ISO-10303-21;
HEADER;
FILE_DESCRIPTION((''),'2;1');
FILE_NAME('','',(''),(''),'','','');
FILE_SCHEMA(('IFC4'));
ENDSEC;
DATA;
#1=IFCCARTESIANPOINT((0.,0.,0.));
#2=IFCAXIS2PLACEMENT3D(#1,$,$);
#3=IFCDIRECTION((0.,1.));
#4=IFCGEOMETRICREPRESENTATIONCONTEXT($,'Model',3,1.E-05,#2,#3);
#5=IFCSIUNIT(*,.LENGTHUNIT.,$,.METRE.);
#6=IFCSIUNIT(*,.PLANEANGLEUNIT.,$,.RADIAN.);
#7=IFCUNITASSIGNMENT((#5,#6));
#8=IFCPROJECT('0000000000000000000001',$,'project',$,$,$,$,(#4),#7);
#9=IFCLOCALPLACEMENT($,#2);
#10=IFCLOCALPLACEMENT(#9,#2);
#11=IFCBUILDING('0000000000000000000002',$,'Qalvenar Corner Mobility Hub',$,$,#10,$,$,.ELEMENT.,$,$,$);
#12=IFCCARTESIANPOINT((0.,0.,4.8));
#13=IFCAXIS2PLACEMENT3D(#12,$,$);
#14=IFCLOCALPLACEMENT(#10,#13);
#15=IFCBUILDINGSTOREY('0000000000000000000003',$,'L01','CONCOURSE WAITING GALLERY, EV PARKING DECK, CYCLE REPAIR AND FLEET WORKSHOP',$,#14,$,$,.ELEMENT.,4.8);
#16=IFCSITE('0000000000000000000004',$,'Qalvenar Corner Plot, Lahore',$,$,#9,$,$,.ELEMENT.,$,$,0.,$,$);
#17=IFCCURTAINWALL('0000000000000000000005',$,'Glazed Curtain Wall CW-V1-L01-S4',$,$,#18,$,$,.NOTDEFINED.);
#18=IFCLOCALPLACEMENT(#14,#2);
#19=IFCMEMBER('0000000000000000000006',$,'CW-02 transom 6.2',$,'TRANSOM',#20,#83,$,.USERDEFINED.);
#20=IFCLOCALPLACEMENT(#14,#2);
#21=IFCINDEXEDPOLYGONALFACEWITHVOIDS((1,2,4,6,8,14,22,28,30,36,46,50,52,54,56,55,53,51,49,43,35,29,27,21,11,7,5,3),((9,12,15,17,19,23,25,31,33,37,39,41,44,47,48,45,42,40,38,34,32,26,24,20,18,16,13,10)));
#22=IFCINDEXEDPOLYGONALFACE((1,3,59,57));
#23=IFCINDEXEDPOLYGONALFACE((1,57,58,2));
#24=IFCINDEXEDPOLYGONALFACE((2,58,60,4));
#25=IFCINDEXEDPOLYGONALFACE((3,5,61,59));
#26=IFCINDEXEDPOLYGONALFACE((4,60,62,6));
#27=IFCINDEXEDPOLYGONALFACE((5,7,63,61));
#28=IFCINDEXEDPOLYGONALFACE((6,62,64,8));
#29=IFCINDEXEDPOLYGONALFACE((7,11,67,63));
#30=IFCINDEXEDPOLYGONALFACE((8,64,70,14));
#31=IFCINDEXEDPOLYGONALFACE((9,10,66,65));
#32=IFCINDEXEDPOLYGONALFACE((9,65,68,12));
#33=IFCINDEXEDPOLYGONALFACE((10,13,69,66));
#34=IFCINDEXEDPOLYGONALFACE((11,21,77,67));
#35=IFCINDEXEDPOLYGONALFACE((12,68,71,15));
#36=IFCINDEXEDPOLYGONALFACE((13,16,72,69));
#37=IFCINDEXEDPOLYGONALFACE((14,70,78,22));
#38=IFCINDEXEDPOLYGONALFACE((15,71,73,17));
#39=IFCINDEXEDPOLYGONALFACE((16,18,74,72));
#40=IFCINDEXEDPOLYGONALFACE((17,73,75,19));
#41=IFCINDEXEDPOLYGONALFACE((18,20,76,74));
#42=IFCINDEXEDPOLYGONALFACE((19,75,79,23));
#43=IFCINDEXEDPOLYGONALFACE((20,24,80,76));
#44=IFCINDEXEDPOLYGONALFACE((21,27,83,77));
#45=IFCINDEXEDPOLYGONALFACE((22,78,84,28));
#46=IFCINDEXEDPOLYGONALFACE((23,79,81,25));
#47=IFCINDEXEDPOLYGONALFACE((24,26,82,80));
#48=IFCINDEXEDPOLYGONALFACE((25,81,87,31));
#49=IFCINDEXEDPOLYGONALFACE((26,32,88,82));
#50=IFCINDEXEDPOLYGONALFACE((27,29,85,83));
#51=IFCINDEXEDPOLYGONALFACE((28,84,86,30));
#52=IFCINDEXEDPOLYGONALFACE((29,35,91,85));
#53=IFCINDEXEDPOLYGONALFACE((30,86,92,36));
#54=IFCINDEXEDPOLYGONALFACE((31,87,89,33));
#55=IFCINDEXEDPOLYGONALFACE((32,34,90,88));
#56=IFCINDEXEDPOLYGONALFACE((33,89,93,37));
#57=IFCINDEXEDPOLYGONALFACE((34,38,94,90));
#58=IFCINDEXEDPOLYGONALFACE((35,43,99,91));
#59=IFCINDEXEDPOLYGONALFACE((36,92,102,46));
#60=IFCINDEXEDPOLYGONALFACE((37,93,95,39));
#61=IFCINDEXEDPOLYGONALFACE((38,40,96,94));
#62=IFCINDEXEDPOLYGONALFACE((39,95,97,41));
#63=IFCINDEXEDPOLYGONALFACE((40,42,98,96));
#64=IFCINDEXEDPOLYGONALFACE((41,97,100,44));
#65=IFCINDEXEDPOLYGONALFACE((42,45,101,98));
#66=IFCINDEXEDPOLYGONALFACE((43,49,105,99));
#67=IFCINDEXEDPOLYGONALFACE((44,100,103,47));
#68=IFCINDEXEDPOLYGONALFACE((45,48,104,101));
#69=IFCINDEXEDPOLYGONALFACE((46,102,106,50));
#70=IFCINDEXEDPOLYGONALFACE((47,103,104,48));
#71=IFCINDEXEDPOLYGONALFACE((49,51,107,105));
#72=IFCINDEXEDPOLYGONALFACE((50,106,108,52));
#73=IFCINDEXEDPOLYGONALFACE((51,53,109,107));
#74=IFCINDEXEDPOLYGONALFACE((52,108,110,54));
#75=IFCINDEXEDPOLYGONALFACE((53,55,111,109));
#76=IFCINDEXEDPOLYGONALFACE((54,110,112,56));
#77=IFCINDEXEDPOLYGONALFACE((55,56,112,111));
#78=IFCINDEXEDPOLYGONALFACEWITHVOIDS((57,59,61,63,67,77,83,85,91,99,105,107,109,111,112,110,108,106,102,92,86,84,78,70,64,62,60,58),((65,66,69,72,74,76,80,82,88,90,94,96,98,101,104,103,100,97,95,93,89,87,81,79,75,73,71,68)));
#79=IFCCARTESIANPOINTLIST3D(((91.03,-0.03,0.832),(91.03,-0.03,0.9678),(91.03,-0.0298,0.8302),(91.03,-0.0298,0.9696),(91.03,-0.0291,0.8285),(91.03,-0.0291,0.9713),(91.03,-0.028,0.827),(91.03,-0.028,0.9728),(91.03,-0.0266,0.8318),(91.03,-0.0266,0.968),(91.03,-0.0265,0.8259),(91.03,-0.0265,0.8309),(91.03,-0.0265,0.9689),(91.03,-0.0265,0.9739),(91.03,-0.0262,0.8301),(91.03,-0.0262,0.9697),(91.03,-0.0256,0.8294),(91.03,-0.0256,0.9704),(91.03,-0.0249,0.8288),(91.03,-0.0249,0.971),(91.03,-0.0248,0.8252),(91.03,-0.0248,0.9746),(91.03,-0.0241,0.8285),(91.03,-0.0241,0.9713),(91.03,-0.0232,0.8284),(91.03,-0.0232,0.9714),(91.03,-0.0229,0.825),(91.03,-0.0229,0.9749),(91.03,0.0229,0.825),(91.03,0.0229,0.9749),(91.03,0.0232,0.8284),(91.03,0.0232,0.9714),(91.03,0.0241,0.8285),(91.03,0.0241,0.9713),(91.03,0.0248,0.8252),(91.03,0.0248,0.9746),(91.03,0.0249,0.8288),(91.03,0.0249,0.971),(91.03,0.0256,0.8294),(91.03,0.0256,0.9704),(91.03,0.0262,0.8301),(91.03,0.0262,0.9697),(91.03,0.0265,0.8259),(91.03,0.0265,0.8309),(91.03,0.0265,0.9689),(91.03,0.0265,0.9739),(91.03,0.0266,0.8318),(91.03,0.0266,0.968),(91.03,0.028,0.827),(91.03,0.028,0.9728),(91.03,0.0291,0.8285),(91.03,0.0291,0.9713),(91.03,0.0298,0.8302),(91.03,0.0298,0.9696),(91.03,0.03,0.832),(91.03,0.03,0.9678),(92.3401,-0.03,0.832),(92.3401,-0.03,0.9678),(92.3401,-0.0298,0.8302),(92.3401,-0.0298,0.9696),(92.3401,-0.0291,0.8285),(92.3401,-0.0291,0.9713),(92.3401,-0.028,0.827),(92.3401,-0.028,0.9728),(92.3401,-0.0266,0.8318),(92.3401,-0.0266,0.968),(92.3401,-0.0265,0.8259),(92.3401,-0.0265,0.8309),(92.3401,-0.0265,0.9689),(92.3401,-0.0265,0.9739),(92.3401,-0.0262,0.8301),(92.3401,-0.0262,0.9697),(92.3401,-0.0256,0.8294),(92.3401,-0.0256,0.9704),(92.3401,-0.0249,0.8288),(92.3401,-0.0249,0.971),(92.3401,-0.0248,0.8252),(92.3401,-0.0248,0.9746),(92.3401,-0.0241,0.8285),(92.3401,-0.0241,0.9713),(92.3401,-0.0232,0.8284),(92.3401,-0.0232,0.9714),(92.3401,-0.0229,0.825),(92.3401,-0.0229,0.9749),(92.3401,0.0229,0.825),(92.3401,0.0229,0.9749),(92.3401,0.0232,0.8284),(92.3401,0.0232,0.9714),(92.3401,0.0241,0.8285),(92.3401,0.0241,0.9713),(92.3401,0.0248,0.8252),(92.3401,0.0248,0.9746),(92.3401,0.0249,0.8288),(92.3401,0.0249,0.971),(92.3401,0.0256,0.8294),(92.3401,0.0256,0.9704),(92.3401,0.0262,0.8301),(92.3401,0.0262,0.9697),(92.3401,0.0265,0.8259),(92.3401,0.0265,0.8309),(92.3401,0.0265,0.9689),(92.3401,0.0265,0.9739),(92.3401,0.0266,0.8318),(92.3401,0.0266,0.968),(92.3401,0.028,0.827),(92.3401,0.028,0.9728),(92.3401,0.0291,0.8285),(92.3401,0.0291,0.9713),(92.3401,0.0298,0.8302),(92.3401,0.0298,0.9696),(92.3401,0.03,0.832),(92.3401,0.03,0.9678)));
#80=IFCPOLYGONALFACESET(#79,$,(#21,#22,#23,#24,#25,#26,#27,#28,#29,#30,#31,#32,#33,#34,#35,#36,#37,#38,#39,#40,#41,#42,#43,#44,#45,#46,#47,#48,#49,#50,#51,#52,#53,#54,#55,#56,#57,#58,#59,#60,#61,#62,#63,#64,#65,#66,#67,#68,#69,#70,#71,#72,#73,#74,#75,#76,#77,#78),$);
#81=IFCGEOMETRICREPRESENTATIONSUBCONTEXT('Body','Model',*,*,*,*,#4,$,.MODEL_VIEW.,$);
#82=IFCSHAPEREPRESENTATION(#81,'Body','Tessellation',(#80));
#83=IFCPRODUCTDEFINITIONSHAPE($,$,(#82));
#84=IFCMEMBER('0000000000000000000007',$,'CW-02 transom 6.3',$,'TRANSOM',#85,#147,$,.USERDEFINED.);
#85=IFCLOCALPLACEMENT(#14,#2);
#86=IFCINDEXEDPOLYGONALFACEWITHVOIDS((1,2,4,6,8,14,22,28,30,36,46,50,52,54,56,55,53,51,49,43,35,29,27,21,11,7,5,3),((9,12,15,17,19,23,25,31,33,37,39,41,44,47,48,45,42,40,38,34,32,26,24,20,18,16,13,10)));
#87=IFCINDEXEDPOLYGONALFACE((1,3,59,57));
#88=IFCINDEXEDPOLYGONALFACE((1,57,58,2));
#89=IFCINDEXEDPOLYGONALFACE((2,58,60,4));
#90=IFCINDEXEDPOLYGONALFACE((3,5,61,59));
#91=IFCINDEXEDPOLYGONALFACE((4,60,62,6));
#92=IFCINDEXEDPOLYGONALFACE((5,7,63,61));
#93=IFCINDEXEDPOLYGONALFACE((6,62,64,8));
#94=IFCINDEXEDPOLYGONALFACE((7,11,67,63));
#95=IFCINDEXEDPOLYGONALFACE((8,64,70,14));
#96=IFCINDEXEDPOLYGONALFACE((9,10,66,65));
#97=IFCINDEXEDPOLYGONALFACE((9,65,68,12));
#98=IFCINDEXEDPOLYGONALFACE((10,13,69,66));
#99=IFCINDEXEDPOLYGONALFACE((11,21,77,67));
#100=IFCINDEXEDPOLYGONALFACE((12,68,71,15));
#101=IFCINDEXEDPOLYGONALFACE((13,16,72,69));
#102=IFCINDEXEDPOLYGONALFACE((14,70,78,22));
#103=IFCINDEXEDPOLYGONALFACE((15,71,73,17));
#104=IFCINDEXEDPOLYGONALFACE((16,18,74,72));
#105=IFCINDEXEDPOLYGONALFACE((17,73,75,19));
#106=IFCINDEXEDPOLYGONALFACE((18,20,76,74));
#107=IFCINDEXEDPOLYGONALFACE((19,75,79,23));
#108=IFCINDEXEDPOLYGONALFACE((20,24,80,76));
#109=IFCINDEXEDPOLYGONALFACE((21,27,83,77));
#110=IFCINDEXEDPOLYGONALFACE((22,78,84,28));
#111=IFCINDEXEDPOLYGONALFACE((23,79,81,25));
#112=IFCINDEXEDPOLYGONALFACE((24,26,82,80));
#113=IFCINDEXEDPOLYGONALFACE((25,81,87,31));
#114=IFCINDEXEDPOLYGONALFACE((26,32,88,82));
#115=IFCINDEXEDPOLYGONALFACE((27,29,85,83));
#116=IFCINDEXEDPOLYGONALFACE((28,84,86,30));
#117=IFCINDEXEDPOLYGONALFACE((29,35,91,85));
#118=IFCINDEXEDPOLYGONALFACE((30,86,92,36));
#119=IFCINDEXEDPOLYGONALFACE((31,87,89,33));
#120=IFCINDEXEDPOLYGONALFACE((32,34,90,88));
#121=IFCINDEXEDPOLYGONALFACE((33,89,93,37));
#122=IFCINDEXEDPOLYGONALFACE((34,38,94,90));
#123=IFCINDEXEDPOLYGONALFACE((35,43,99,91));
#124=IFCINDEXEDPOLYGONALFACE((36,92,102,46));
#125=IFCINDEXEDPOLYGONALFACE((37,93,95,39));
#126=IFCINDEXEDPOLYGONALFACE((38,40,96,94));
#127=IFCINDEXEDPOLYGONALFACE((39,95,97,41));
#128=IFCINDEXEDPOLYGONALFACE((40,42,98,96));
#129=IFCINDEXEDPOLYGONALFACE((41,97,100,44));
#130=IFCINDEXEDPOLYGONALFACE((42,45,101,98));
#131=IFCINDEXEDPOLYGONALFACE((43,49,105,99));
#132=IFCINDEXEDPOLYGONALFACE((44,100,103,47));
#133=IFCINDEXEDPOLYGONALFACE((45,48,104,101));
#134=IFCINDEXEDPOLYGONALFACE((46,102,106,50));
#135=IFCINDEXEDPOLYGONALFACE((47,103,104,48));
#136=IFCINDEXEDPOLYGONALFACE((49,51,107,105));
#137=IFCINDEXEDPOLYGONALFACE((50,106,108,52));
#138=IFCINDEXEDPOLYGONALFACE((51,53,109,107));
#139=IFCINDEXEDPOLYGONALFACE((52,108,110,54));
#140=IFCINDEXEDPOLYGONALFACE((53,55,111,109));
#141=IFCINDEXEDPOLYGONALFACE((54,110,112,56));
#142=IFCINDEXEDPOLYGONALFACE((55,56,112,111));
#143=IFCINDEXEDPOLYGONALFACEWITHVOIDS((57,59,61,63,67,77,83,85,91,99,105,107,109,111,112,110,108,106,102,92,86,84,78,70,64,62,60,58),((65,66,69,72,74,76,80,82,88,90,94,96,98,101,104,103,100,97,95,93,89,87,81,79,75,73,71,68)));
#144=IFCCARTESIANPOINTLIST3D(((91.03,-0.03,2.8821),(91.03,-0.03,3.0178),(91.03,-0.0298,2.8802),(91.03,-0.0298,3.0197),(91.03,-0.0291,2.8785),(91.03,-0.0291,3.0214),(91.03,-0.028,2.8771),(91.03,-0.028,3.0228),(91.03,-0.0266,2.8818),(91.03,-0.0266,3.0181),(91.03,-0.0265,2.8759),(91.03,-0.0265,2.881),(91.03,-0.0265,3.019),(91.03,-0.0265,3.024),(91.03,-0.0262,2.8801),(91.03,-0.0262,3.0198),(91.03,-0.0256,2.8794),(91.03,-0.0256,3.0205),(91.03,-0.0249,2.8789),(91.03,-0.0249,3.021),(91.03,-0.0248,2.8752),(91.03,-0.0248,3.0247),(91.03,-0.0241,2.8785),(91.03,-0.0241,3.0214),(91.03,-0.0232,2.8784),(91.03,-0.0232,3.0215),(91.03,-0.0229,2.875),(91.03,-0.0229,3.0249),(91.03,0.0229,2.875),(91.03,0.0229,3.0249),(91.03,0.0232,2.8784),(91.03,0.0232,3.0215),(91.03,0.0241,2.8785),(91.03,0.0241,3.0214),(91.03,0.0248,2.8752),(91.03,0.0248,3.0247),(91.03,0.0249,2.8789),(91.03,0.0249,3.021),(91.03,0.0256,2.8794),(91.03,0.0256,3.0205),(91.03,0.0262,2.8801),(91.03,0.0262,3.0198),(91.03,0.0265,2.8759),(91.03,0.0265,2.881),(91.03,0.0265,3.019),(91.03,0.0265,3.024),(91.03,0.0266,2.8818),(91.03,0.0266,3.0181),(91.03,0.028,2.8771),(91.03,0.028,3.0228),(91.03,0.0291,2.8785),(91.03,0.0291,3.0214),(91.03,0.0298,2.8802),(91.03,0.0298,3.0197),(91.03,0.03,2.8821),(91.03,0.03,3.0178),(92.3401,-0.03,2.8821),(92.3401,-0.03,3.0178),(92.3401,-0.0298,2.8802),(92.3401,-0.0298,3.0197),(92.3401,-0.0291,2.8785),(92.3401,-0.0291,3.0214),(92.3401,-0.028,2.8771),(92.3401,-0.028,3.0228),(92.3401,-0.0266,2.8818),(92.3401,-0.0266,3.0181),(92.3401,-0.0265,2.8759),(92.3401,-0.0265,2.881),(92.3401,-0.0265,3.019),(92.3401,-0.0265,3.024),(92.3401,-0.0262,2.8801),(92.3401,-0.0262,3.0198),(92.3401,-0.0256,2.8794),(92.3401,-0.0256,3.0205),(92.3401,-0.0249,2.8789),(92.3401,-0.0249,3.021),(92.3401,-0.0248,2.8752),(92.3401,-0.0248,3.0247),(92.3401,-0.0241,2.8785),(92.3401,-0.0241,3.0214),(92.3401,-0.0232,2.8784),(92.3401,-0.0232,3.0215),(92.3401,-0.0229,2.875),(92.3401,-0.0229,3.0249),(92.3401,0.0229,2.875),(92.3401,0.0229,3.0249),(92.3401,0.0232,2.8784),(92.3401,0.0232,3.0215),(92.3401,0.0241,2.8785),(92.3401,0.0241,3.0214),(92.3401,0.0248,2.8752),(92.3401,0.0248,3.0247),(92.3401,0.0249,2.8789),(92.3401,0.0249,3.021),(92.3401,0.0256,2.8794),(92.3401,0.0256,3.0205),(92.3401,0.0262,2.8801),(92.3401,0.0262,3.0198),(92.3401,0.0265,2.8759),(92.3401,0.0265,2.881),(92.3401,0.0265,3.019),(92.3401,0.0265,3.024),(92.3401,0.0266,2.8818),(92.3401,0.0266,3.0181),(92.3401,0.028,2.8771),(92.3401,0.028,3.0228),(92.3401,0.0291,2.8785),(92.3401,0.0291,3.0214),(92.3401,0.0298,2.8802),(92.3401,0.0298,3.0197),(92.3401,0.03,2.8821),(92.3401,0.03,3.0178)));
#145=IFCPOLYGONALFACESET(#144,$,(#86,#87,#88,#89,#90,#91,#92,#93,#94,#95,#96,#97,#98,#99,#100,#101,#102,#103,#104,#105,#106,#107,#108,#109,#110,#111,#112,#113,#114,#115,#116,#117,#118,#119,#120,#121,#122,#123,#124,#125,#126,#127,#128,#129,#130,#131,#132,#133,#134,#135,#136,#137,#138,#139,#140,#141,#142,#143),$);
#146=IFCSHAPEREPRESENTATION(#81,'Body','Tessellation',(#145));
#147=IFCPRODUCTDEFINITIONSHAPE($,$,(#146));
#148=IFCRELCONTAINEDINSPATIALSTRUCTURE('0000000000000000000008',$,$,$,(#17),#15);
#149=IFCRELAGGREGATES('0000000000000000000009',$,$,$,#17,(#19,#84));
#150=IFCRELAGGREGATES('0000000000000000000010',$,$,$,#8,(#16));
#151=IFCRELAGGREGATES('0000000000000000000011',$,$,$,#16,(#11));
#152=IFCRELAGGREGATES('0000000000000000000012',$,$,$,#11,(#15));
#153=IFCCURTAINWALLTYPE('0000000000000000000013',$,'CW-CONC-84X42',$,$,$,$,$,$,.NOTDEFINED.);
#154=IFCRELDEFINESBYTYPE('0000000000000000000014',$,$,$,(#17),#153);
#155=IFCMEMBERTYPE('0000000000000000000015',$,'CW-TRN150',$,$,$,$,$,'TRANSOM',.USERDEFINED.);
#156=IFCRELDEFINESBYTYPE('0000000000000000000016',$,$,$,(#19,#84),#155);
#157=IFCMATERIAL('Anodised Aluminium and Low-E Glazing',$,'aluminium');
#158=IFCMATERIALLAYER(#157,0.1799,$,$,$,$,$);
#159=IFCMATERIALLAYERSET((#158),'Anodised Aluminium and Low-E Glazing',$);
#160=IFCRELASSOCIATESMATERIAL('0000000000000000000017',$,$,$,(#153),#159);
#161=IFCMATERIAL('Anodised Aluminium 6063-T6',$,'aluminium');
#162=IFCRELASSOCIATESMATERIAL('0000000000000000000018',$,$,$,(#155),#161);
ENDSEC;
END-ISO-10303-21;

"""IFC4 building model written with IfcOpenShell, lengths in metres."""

from ifc_helpers import new_model, si_unit, direction, frame, origin, origin_2d, place, context, subcontext, project, spatial, hollow_rectangle, extrude, material, layer, layer_set, material_profile, profile_set, type_object, element, aggregate, save


model = new_model("IFC4")

# Units and contexts
model_context = context("Model", 3, precision=1e-05, world=origin(), true_north=direction((0.0, 1.0)))
body_context = subcontext(model_context, "Body", "Model", "MODEL_VIEW")
ifc_project = project(units=[si_unit("LENGTHUNIT", "METRE"), si_unit("PLANEANGLEUNIT", "RADIAN")], contexts=[model_context])

# Site, building, storey
site_placement = place(None, origin())
site = spatial("IfcSite", under=ifc_project, at=site_placement, Name="Qalvenar Corner Plot, Lahore", CompositionType="ELEMENT", RefElevation=0.0)
building_placement = place(site_placement, origin())
building = spatial("IfcBuilding", under=site, at=building_placement, Name="Qalvenar Corner Mobility Hub", CompositionType="ELEMENT")
storey_placement = place(building_placement, frame((0.0, 0.0, 4.8)))
storey = spatial("IfcBuildingStorey", under=building, at=storey_placement, Name="L01", Description="CONCOURSE WAITING GALLERY, EV PARKING DECK, CYCLE REPAIR AND FLEET WORKSHOP", CompositionType="ELEMENT", Elevation=4.8)

# Curtain wall, members
ifc_material_1 = material(Name="Anodised Aluminium and Low-E Glazing", Category="aluminium")
ifc_layer_1 = layer(ifc_material_1, 0.1799)
ifc_layer_set_1 = layer_set([ifc_layer_1], Name="Anodised Aluminium and Low-E Glazing")
curtain_wall_type = type_object("IfcCurtainWallType", Name="CW-CONC-84X42", PredefinedType="NOTDEFINED", material=ifc_layer_set_1)
curtain_wall_placement = place(storey_placement, origin())
curtain_wall = element("IfcCurtainWall", 1, at=curtain_wall_placement, inside=storey, type_object=curtain_wall_type, Name="Glazed Curtain Wall CW-V1-L01-S4", PredefinedType="NOTDEFINED")
ifc_material_2 = material(Name="Anodised Aluminium 6063-T6", Category="aluminium")
ifc_material_profile_1 = material_profile(ifc_material_2, hollow_rectangle(XDim=0.0601, YDim=0.1499, WallThickness=0.0034, InnerFilletRadius=0.0034, OuterFilletRadius=0.0071, at=origin_2d()), Name="RHS150x60x3.5")
ifc_profile_set_1 = profile_set([ifc_material_profile_1], Name="Anodised Aluminium 6063-T6")
member_type_1 = type_object("IfcMemberType", Name="CW-TRN150", ElementType="TRANSOM", PredefinedType="USERDEFINED", material=ifc_profile_set_1)
member_1_placement = place(storey_placement, frame((91.03, 0.0, 0.8999), z_axis=(1.0, 0.0, 0.0), x_axis=(0.0, 1.0, 0.0)))
member_1 = element("IfcMember", 2, at=member_1_placement, type_object=member_type_1, Name="CW-02 transom 6.2", ObjectType="TRANSOM", PredefinedType="USERDEFINED", context=body_context, shape_type="SweptSolid", body=[
    extrude(hollow_rectangle(XDim=0.0601, YDim=0.1499, WallThickness=0.0034, InnerFilletRadius=0.0034, OuterFilletRadius=0.0071, at=origin_2d()), origin(), (0.0, 0.0, 1.0), 1.3101),
])
member_2_placement = place(storey_placement, frame((91.03, 0.0, 2.95), z_axis=(1.0, 0.0, 0.0), x_axis=(0.0, 1.0, 0.0)))
member_2 = element("IfcMember", 3, at=member_2_placement, type_object=member_type_1, Name="CW-02 transom 6.3", ObjectType="TRANSOM", PredefinedType="USERDEFINED", context=body_context, shape_type="SweptSolid", body=[
    extrude(hollow_rectangle(XDim=0.0601, YDim=0.1499, WallThickness=0.0034, InnerFilletRadius=0.0034, OuterFilletRadius=0.0071, at=origin_2d()), origin(), (0.0, 0.0, 1.0), 1.3101),
])
aggregate(curtain_wall, [member_1, member_2])

save(model, "model.ifc")
